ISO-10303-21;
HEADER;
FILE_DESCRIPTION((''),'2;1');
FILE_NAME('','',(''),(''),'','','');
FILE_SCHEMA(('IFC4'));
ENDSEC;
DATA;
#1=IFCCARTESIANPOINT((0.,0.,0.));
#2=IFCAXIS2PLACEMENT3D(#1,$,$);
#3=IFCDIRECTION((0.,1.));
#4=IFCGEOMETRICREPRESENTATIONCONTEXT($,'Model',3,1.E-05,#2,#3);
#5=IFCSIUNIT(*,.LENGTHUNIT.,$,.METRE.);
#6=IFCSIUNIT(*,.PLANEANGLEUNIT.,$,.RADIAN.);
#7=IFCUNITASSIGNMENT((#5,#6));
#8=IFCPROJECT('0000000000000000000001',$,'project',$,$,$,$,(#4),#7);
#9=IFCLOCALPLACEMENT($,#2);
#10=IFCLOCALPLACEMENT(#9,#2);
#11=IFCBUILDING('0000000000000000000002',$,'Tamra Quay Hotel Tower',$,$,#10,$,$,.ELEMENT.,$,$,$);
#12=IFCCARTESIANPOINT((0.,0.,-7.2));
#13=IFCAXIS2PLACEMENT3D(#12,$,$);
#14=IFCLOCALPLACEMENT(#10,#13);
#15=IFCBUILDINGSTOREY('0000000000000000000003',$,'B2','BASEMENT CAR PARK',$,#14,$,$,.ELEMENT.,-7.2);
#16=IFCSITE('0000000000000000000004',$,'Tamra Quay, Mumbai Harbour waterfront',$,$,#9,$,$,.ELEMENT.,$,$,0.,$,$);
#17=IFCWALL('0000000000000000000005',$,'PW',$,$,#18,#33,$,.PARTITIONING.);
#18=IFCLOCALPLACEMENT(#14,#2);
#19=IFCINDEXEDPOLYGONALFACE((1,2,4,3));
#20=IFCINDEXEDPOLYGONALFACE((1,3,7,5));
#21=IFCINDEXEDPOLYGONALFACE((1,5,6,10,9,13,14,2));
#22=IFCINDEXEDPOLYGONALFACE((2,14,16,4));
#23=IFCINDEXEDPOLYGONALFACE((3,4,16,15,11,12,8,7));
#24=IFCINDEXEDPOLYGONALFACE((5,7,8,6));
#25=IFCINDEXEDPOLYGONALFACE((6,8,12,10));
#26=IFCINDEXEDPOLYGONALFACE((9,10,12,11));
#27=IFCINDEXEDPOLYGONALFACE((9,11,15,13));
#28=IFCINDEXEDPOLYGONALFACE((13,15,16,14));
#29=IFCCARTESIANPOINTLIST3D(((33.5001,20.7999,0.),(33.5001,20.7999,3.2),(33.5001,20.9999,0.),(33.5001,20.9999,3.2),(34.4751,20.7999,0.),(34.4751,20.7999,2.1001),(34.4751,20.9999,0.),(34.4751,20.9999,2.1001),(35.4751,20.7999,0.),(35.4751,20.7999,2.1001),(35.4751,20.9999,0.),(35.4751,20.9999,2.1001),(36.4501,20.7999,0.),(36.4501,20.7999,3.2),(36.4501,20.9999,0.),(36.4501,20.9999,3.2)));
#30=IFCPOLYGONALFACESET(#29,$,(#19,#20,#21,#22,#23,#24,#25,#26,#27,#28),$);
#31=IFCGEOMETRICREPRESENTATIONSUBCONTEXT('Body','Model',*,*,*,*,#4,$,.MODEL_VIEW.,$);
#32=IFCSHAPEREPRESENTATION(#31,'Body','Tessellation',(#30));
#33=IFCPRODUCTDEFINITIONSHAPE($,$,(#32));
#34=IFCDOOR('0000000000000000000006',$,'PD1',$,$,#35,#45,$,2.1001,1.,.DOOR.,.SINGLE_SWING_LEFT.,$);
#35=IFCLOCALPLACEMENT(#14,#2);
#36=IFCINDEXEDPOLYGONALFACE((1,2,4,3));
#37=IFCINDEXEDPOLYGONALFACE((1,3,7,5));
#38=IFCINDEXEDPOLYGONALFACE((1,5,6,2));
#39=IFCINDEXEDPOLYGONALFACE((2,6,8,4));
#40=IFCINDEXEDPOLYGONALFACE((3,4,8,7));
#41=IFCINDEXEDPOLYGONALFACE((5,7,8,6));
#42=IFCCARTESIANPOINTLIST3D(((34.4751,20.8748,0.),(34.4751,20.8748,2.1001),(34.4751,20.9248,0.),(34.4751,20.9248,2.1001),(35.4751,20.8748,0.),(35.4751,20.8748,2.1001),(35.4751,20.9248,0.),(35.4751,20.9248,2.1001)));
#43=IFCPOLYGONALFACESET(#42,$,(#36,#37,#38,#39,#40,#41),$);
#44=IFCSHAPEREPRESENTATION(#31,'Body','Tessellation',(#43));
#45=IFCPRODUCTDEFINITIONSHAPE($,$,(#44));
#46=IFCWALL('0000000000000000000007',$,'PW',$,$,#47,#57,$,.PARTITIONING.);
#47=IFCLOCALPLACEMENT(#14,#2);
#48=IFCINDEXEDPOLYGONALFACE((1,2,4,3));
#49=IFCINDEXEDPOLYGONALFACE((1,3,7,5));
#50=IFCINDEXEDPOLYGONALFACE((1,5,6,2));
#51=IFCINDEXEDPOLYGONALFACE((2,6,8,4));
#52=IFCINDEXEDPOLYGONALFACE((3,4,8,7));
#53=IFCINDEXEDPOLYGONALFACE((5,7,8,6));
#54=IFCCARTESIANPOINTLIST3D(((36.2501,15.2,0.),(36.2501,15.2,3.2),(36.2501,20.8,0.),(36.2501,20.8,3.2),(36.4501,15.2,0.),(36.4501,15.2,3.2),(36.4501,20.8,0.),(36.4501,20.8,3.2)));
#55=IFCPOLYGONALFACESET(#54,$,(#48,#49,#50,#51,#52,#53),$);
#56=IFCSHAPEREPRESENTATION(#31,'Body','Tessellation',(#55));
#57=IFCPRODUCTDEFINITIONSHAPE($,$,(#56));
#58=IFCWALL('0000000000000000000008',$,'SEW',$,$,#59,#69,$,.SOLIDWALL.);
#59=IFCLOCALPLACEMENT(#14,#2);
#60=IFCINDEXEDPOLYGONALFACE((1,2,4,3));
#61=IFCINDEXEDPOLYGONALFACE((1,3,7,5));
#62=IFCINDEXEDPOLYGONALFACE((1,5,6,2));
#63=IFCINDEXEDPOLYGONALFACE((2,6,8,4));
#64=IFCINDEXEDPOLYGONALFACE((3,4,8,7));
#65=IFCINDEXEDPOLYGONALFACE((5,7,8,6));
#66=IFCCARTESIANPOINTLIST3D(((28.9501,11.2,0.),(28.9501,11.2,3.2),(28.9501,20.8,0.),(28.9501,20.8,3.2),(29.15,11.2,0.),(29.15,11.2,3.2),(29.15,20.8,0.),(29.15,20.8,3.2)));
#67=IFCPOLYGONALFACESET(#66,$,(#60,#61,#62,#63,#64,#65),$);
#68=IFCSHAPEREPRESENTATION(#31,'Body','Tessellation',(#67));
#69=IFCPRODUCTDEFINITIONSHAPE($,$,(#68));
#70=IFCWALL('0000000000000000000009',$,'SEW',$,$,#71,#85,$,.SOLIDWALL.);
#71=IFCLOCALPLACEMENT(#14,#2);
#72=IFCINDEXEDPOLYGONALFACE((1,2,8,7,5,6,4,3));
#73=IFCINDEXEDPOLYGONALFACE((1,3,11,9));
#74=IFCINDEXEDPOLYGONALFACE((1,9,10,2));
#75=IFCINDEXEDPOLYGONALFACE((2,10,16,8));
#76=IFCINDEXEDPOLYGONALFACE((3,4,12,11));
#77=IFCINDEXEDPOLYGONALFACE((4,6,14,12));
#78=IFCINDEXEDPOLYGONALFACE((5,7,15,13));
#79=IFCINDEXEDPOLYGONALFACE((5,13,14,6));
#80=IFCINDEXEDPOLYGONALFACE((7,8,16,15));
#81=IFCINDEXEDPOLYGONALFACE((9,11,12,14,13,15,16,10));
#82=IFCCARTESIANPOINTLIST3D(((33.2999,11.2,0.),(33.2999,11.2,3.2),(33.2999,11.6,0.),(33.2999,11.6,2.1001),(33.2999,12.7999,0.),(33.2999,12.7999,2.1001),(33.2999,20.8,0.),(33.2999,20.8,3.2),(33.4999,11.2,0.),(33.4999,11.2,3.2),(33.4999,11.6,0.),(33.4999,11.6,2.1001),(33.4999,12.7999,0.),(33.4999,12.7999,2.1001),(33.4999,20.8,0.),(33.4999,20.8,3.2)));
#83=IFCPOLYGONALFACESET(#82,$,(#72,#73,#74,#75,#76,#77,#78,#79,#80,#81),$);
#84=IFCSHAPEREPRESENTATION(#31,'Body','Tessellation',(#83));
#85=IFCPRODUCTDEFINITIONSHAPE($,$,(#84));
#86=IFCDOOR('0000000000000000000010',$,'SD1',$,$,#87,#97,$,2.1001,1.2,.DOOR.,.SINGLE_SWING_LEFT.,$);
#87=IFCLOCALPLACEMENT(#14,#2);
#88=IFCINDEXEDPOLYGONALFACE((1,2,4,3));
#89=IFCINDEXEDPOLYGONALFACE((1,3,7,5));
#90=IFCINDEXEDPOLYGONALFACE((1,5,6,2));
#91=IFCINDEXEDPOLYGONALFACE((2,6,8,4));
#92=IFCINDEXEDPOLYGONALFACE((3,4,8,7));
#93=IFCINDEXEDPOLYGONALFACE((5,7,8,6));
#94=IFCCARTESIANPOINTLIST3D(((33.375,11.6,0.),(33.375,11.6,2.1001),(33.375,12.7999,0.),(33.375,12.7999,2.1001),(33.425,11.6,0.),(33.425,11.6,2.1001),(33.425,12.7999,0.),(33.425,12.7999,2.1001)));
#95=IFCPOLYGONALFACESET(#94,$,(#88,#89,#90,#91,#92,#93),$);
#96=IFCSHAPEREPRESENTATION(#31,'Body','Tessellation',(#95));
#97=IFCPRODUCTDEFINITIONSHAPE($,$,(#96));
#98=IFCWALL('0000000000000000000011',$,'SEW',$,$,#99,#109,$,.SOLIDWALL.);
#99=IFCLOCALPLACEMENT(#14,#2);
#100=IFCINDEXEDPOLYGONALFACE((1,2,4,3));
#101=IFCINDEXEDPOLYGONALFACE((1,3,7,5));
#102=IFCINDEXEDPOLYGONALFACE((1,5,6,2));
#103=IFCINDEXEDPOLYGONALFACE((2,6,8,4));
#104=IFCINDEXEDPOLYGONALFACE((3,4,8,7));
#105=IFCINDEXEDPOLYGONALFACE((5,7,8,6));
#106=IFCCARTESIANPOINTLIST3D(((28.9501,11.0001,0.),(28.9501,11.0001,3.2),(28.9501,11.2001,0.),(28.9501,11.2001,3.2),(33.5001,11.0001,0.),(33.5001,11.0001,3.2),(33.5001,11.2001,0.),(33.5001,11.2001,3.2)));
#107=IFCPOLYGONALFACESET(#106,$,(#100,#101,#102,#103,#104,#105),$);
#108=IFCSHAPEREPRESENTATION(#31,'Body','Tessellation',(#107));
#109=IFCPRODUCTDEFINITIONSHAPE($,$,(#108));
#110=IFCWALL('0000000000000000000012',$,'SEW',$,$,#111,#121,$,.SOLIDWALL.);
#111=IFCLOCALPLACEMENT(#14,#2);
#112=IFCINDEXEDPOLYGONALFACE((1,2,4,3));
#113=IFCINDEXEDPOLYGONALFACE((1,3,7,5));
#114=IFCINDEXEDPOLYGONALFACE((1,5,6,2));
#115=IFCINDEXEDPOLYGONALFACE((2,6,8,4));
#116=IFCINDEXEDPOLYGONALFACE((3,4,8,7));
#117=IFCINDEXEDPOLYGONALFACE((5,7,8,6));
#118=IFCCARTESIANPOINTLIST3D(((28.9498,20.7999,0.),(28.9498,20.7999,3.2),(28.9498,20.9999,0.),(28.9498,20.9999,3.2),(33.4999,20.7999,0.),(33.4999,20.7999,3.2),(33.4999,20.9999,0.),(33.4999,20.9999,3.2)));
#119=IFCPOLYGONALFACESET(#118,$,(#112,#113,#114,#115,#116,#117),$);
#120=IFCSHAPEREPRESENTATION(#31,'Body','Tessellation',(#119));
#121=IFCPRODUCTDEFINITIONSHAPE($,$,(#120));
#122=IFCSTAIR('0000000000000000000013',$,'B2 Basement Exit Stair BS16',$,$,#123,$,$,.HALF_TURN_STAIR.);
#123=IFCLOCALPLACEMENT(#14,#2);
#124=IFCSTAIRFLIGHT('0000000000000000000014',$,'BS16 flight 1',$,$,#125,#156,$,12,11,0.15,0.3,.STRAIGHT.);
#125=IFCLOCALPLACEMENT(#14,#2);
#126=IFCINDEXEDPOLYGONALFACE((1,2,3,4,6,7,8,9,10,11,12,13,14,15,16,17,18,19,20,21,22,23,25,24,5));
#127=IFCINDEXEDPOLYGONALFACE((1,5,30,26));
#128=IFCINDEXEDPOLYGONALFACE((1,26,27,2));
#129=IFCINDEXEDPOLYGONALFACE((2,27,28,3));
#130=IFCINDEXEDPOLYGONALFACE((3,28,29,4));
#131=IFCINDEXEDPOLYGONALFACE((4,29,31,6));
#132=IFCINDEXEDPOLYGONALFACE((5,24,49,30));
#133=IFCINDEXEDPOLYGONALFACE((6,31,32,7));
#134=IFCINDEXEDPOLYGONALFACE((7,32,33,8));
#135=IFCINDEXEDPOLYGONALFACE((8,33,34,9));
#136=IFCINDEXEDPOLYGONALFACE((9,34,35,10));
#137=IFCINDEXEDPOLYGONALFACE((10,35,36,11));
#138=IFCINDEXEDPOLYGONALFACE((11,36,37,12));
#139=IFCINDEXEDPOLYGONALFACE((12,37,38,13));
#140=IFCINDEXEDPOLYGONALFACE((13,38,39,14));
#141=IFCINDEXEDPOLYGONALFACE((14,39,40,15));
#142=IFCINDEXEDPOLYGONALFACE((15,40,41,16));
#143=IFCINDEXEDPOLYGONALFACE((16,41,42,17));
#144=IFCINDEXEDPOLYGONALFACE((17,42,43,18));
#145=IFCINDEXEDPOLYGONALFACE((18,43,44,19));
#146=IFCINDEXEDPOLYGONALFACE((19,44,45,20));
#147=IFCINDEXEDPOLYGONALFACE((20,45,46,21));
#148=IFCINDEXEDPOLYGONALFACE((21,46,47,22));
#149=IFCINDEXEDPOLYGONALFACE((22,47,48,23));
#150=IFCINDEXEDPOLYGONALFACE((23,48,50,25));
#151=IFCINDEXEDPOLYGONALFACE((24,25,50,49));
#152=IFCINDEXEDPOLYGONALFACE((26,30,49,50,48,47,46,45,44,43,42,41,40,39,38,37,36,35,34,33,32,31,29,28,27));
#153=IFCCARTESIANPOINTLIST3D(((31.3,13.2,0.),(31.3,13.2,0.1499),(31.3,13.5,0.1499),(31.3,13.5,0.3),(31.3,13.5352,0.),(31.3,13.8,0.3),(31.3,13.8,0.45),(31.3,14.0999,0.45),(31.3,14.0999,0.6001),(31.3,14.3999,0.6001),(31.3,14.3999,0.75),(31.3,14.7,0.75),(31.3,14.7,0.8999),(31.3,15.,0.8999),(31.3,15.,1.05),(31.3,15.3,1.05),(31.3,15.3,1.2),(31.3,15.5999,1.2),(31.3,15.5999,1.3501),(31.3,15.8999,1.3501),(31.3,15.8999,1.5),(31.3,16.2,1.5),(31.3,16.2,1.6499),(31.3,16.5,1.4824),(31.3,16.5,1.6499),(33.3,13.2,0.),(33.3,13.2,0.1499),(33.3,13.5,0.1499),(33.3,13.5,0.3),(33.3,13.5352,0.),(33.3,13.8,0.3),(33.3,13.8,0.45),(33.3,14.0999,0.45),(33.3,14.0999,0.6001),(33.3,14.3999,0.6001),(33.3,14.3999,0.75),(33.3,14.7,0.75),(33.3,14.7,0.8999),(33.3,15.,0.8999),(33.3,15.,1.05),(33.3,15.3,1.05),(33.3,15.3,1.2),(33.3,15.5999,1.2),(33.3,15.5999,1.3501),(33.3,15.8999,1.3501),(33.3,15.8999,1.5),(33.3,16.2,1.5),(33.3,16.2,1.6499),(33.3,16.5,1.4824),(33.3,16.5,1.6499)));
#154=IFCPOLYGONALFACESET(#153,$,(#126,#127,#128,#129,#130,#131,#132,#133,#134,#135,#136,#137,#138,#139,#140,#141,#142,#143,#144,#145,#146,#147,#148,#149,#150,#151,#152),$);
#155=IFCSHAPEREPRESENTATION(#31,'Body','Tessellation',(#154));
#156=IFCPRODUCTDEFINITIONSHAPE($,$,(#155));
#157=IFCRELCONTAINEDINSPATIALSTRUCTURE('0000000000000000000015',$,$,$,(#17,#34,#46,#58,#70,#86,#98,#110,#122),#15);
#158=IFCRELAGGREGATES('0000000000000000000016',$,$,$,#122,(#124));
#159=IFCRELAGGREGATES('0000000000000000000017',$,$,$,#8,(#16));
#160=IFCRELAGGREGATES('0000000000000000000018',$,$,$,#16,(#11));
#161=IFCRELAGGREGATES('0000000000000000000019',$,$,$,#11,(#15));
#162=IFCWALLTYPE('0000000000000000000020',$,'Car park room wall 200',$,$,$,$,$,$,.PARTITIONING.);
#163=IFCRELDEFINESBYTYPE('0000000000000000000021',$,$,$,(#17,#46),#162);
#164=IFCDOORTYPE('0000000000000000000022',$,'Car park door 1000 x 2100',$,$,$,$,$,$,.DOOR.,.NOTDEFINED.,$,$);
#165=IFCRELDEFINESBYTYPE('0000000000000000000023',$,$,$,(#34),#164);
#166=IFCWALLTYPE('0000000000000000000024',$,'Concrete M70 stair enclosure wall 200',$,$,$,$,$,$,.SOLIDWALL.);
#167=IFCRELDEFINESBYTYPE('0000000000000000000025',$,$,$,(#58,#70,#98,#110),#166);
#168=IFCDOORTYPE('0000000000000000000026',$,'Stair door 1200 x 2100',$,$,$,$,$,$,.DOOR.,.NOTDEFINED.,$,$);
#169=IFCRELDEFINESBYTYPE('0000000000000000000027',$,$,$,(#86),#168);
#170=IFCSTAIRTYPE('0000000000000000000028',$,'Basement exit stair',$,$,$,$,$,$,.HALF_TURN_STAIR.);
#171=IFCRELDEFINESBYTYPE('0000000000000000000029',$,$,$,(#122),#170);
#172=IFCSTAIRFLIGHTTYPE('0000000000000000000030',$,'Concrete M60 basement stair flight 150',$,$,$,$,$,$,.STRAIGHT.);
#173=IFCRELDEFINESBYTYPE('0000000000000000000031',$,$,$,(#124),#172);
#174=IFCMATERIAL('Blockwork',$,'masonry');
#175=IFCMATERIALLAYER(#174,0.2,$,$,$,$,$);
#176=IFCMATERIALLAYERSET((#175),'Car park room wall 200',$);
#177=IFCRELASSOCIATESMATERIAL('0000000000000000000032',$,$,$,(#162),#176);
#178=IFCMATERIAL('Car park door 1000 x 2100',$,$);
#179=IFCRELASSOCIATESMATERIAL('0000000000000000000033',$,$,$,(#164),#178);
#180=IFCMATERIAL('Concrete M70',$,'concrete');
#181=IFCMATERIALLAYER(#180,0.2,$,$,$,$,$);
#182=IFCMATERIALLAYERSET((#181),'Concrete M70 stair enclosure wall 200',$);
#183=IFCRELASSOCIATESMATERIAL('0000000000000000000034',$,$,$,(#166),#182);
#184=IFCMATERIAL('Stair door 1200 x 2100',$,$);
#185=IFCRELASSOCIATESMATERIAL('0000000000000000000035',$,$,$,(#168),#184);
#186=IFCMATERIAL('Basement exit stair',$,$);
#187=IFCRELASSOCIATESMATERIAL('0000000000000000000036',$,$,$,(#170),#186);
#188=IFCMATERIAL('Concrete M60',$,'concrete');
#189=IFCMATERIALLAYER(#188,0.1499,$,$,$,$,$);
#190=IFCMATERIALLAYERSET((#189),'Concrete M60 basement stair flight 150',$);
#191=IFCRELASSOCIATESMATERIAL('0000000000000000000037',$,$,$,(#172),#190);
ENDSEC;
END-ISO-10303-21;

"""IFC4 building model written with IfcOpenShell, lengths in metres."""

from ifc_helpers import new_model, si_unit, direction, frame, frame_2d, origin, place, context, subcontext, project, spatial, polyline, rectangle, outline, extrude, material, layer, layer_set, type_object, element, fill, aggregate, save


model = new_model("IFC4")

# Units and contexts
model_context = context("Model", 3, precision=1e-05, world=origin(), true_north=direction((0.0, 1.0)))
body_context = subcontext(model_context, "Body", "Model", "MODEL_VIEW")
ifc_project = project(units=[si_unit("LENGTHUNIT", "METRE"), si_unit("PLANEANGLEUNIT", "RADIAN")], contexts=[model_context])

# Site, building, storey
site_placement = place(None, origin())
site = spatial("IfcSite", under=ifc_project, at=site_placement, Name="Tamra Quay, Mumbai Harbour waterfront", CompositionType="ELEMENT", RefElevation=0.0)
building_placement = place(site_placement, origin())
building = spatial("IfcBuilding", under=site, at=building_placement, Name="Tamra Quay Hotel Tower", CompositionType="ELEMENT")
storey_placement = place(building_placement, frame((0.0, 0.0, -7.2)))
storey = spatial("IfcBuildingStorey", under=building, at=storey_placement, Name="B2", Description="BASEMENT CAR PARK", CompositionType="ELEMENT", Elevation=-7.2)

# Shared definitions
ifc_material_1 = material(Name="Concrete M70", Category="concrete")

# Shared definitions
ifc_material_2 = material(Name="Blockwork", Category="masonry")
ifc_layer_1 = layer(ifc_material_2, 0.2)
ifc_layer_set_1 = layer_set([ifc_layer_1], Name="Car park room wall 200")
wall_type_1 = type_object("IfcWallType", Name="Car park room wall 200", PredefinedType="PARTITIONING", material=ifc_layer_set_1)

# Wall, opening, door
wall_1_placement = place(storey_placement, frame((33.5, 20.8999, 0.0), z_axis=(0.0, 0.0, 1.0), x_axis=(1.0, 0.0, 0.0)))
wall_1 = element("IfcWall", 1, at=wall_1_placement, inside=storey, type_object=wall_type_1, Name="PW", PredefinedType="PARTITIONING", context=body_context, shape_type="SweptSolid", body=[
    extrude(rectangle(XDim=2.95, YDim=0.2, at=frame_2d((1.4751, 0.0))), origin(), (0.0, 0.0, 1.0), 3.2),
])
opening_1_placement = place(wall_1_placement, frame((0.9751, 0.0, 0.0)))
opening_1 = element("IfcOpeningElement", 2, at=opening_1_placement, cuts=wall_1, PredefinedType="OPENING", context=body_context, shape_type="SweptSolid", body=[
    extrude(rectangle(XDim=1.0, YDim=2.1001, at=frame_2d((0.5, 1.05))), frame((0.0, 0.1099, 0.0), z_axis=(0.0, -1.0, 0.0), x_axis=(1.0, 0.0, 0.0)), (0.0, 0.0, 1.0), 0.22),
])
ifc_material_3 = material(Name="Car park door 1000 x 2100")
door_type_1 = type_object("IfcDoorType", Name="Car park door 1000 x 2100", OperationType="NOTDEFINED", PredefinedType="DOOR", material=ifc_material_3)
door_1_placement = place(opening_1_placement, origin())
door_1 = element("IfcDoor", 3, at=door_1_placement, inside=storey, type_object=door_type_1, Name="PD1", OperationType="SINGLE_SWING_LEFT", OverallHeight=2.1001, OverallWidth=1.0, PredefinedType="DOOR", context=body_context, shape_type="SweptSolid", body=[
    extrude(rectangle(XDim=1.0, YDim=2.1001, at=frame_2d((0.5, 1.05))), frame((0.0, 0.0249, 0.0), z_axis=(0.0, -1.0, 0.0), x_axis=(1.0, 0.0, 0.0)), (0.0, 0.0, 1.0), 0.05),
])
fill(opening_1, door_1)

# Walls
wall_2_placement = place(storey_placement, frame((36.3501, 15.2, 0.0), z_axis=(0.0, 0.0, 1.0), x_axis=(0.0, 1.0, 0.0)))
element("IfcWall", 4, at=wall_2_placement, inside=storey, type_object=wall_type_1, Name="PW", PredefinedType="PARTITIONING", context=body_context, shape_type="SweptSolid", body=[
    extrude(rectangle(XDim=5.6001, YDim=0.2, at=frame_2d((2.8, 0.0))), origin(), (0.0, 0.0, 1.0), 3.2),
])
ifc_layer_2 = layer(ifc_material_1, 0.2)
ifc_layer_set_2 = layer_set([ifc_layer_2], Name="Concrete M70 stair enclosure wall 200")
wall_type_2 = type_object("IfcWallType", Name="Concrete M70 stair enclosure wall 200", PredefinedType="SOLIDWALL", material=ifc_layer_set_2)
wall_3_placement = place(storey_placement, frame((29.05, 11.2, 0.0), z_axis=(0.0, 0.0, 1.0), x_axis=(0.0, 1.0, 0.0)))
element("IfcWall", 5, at=wall_3_placement, inside=storey, type_object=wall_type_2, Name="SEW", PredefinedType="SOLIDWALL", context=body_context, shape_type="SweptSolid", body=[
    extrude(rectangle(XDim=9.6001, YDim=0.2, at=frame_2d((4.8, 0.0))), origin(), (0.0, 0.0, 1.0), 3.2),
])

# Wall, opening, door
wall_4_placement = place(storey_placement, frame((33.3999, 11.2, 0.0), z_axis=(0.0, 0.0, 1.0), x_axis=(0.0, 1.0, 0.0)))
wall_4 = element("IfcWall", 6, at=wall_4_placement, inside=storey, type_object=wall_type_2, Name="SEW", PredefinedType="SOLIDWALL", context=body_context, shape_type="SweptSolid", body=[
    extrude(rectangle(XDim=9.6001, YDim=0.2, at=frame_2d((4.8, 0.0))), origin(), (0.0, 0.0, 1.0), 3.2),
])
opening_2_placement = place(wall_4_placement, frame((0.3999, 0.0, 0.0)))
opening_2 = element("IfcOpeningElement", 7, at=opening_2_placement, cuts=wall_4, PredefinedType="OPENING", context=body_context, shape_type="SweptSolid", body=[
    extrude(rectangle(XDim=1.2, YDim=2.1001, at=frame_2d((0.6001, 1.05))), frame((0.0, 0.1099, 0.0), z_axis=(0.0, -1.0, 0.0), x_axis=(1.0, 0.0, 0.0)), (0.0, 0.0, 1.0), 0.22),
])
ifc_material_4 = material(Name="Stair door 1200 x 2100")
door_type_2 = type_object("IfcDoorType", Name="Stair door 1200 x 2100", OperationType="NOTDEFINED", PredefinedType="DOOR", material=ifc_material_4)
door_2_placement = place(opening_2_placement, origin())
door_2 = element("IfcDoor", 8, at=door_2_placement, inside=storey, type_object=door_type_2, Name="SD1", OperationType="SINGLE_SWING_LEFT", OverallHeight=2.1001, OverallWidth=1.2, PredefinedType="DOOR", context=body_context, shape_type="SweptSolid", body=[
    extrude(rectangle(XDim=1.2, YDim=2.1001, at=frame_2d((0.6001, 1.05))), frame((0.0, 0.0249, 0.0), z_axis=(0.0, -1.0, 0.0), x_axis=(1.0, 0.0, 0.0)), (0.0, 0.0, 1.0), 0.05),
])
fill(opening_2, door_2)

# Walls
for number, where, z_axis, x_axis, name in (
    (9, (33.5, 11.1001, 0.0), (0.0, 0.0, 1.0), (-1.0, 0.0, 0.0), "SEW"),
    (10, (28.95, 20.8999, 0.0), (0.0, 0.0, 1.0), (1.0, 0.0, 0.0), "SEW"),
):
    element("IfcWall", number, at=place(storey_placement, frame(where, z_axis=z_axis, x_axis=x_axis)), inside=storey, type_object=wall_type_2, Name=name, PredefinedType="SOLIDWALL", context=body_context, shape_type="SweptSolid", body=[
        extrude(rectangle(XDim=4.55, YDim=0.2, at=frame_2d((2.2749, 0.0))), origin(), (0.0, 0.0, 1.0), 3.2),
    ])

# Stair, stair flight
ifc_material_5 = material(Name="Basement exit stair")
stair_type = type_object("IfcStairType", Name="Basement exit stair", PredefinedType="HALF_TURN_STAIR", material=ifc_material_5)
stair_placement = place(storey_placement, origin())
stair = element("IfcStair", 11, at=stair_placement, inside=storey, type_object=stair_type, Name="B2 Basement Exit Stair BS16", PredefinedType="HALF_TURN_STAIR")
ifc_material_6 = material(Name="Concrete M60", Category="concrete")
ifc_layer_3 = layer(ifc_material_6, 0.1499)
ifc_layer_set_3 = layer_set([ifc_layer_3], Name="Concrete M60 basement stair flight 150")
stair_flight_type = type_object("IfcStairFlightType", Name="Concrete M60 basement stair flight 150", PredefinedType="STRAIGHT", material=ifc_layer_set_3)
stair_flight_1_placement = place(storey_placement, frame((32.3, 13.2, 0.0), z_axis=(0.0, 0.0, 1.0), x_axis=(0.0, 1.0, 0.0)))
stair_flight_1 = element("IfcStairFlight", 12, at=stair_flight_1_placement, type_object=stair_flight_type, Name="BS16 flight 1", NumberOfRisers=12, NumberOfTreads=11, PredefinedType="STRAIGHT", RiserHeight=0.15, TreadLength=0.3, context=body_context, shape_type="SweptSolid", body=[
    extrude(outline(polyline([(0.0, 0.0), (0.0, 0.1499), (0.3, 0.1499), (0.3, 0.3), (0.6001, 0.3), (0.6001, 0.45), (0.8999, 0.45), (0.8999, 0.6001), (1.2, 0.6001), (1.2, 0.75), (1.5, 0.75), (1.5, 0.8999), (1.8, 0.8999), (1.8, 1.05), (2.1001, 1.05), (2.1001, 1.2), (2.3999, 1.2), (2.3999, 1.3501), (2.7, 1.3501), (2.7, 1.5), (3.0, 1.5), (3.0, 1.6499), (3.3, 1.6499), (3.3, 1.8), (3.3, 1.4824), (0.3352, 0.0), (0.0, 0.0)])), frame((0.0, 1.0, 0.0), z_axis=(0.0, -1.0, 0.0), x_axis=(1.0, 0.0, 0.0)), (0.0, 0.0, 1.0), 2.0),
])
aggregate(stair, [stair_flight_1])

save(model, "model.ifc")
